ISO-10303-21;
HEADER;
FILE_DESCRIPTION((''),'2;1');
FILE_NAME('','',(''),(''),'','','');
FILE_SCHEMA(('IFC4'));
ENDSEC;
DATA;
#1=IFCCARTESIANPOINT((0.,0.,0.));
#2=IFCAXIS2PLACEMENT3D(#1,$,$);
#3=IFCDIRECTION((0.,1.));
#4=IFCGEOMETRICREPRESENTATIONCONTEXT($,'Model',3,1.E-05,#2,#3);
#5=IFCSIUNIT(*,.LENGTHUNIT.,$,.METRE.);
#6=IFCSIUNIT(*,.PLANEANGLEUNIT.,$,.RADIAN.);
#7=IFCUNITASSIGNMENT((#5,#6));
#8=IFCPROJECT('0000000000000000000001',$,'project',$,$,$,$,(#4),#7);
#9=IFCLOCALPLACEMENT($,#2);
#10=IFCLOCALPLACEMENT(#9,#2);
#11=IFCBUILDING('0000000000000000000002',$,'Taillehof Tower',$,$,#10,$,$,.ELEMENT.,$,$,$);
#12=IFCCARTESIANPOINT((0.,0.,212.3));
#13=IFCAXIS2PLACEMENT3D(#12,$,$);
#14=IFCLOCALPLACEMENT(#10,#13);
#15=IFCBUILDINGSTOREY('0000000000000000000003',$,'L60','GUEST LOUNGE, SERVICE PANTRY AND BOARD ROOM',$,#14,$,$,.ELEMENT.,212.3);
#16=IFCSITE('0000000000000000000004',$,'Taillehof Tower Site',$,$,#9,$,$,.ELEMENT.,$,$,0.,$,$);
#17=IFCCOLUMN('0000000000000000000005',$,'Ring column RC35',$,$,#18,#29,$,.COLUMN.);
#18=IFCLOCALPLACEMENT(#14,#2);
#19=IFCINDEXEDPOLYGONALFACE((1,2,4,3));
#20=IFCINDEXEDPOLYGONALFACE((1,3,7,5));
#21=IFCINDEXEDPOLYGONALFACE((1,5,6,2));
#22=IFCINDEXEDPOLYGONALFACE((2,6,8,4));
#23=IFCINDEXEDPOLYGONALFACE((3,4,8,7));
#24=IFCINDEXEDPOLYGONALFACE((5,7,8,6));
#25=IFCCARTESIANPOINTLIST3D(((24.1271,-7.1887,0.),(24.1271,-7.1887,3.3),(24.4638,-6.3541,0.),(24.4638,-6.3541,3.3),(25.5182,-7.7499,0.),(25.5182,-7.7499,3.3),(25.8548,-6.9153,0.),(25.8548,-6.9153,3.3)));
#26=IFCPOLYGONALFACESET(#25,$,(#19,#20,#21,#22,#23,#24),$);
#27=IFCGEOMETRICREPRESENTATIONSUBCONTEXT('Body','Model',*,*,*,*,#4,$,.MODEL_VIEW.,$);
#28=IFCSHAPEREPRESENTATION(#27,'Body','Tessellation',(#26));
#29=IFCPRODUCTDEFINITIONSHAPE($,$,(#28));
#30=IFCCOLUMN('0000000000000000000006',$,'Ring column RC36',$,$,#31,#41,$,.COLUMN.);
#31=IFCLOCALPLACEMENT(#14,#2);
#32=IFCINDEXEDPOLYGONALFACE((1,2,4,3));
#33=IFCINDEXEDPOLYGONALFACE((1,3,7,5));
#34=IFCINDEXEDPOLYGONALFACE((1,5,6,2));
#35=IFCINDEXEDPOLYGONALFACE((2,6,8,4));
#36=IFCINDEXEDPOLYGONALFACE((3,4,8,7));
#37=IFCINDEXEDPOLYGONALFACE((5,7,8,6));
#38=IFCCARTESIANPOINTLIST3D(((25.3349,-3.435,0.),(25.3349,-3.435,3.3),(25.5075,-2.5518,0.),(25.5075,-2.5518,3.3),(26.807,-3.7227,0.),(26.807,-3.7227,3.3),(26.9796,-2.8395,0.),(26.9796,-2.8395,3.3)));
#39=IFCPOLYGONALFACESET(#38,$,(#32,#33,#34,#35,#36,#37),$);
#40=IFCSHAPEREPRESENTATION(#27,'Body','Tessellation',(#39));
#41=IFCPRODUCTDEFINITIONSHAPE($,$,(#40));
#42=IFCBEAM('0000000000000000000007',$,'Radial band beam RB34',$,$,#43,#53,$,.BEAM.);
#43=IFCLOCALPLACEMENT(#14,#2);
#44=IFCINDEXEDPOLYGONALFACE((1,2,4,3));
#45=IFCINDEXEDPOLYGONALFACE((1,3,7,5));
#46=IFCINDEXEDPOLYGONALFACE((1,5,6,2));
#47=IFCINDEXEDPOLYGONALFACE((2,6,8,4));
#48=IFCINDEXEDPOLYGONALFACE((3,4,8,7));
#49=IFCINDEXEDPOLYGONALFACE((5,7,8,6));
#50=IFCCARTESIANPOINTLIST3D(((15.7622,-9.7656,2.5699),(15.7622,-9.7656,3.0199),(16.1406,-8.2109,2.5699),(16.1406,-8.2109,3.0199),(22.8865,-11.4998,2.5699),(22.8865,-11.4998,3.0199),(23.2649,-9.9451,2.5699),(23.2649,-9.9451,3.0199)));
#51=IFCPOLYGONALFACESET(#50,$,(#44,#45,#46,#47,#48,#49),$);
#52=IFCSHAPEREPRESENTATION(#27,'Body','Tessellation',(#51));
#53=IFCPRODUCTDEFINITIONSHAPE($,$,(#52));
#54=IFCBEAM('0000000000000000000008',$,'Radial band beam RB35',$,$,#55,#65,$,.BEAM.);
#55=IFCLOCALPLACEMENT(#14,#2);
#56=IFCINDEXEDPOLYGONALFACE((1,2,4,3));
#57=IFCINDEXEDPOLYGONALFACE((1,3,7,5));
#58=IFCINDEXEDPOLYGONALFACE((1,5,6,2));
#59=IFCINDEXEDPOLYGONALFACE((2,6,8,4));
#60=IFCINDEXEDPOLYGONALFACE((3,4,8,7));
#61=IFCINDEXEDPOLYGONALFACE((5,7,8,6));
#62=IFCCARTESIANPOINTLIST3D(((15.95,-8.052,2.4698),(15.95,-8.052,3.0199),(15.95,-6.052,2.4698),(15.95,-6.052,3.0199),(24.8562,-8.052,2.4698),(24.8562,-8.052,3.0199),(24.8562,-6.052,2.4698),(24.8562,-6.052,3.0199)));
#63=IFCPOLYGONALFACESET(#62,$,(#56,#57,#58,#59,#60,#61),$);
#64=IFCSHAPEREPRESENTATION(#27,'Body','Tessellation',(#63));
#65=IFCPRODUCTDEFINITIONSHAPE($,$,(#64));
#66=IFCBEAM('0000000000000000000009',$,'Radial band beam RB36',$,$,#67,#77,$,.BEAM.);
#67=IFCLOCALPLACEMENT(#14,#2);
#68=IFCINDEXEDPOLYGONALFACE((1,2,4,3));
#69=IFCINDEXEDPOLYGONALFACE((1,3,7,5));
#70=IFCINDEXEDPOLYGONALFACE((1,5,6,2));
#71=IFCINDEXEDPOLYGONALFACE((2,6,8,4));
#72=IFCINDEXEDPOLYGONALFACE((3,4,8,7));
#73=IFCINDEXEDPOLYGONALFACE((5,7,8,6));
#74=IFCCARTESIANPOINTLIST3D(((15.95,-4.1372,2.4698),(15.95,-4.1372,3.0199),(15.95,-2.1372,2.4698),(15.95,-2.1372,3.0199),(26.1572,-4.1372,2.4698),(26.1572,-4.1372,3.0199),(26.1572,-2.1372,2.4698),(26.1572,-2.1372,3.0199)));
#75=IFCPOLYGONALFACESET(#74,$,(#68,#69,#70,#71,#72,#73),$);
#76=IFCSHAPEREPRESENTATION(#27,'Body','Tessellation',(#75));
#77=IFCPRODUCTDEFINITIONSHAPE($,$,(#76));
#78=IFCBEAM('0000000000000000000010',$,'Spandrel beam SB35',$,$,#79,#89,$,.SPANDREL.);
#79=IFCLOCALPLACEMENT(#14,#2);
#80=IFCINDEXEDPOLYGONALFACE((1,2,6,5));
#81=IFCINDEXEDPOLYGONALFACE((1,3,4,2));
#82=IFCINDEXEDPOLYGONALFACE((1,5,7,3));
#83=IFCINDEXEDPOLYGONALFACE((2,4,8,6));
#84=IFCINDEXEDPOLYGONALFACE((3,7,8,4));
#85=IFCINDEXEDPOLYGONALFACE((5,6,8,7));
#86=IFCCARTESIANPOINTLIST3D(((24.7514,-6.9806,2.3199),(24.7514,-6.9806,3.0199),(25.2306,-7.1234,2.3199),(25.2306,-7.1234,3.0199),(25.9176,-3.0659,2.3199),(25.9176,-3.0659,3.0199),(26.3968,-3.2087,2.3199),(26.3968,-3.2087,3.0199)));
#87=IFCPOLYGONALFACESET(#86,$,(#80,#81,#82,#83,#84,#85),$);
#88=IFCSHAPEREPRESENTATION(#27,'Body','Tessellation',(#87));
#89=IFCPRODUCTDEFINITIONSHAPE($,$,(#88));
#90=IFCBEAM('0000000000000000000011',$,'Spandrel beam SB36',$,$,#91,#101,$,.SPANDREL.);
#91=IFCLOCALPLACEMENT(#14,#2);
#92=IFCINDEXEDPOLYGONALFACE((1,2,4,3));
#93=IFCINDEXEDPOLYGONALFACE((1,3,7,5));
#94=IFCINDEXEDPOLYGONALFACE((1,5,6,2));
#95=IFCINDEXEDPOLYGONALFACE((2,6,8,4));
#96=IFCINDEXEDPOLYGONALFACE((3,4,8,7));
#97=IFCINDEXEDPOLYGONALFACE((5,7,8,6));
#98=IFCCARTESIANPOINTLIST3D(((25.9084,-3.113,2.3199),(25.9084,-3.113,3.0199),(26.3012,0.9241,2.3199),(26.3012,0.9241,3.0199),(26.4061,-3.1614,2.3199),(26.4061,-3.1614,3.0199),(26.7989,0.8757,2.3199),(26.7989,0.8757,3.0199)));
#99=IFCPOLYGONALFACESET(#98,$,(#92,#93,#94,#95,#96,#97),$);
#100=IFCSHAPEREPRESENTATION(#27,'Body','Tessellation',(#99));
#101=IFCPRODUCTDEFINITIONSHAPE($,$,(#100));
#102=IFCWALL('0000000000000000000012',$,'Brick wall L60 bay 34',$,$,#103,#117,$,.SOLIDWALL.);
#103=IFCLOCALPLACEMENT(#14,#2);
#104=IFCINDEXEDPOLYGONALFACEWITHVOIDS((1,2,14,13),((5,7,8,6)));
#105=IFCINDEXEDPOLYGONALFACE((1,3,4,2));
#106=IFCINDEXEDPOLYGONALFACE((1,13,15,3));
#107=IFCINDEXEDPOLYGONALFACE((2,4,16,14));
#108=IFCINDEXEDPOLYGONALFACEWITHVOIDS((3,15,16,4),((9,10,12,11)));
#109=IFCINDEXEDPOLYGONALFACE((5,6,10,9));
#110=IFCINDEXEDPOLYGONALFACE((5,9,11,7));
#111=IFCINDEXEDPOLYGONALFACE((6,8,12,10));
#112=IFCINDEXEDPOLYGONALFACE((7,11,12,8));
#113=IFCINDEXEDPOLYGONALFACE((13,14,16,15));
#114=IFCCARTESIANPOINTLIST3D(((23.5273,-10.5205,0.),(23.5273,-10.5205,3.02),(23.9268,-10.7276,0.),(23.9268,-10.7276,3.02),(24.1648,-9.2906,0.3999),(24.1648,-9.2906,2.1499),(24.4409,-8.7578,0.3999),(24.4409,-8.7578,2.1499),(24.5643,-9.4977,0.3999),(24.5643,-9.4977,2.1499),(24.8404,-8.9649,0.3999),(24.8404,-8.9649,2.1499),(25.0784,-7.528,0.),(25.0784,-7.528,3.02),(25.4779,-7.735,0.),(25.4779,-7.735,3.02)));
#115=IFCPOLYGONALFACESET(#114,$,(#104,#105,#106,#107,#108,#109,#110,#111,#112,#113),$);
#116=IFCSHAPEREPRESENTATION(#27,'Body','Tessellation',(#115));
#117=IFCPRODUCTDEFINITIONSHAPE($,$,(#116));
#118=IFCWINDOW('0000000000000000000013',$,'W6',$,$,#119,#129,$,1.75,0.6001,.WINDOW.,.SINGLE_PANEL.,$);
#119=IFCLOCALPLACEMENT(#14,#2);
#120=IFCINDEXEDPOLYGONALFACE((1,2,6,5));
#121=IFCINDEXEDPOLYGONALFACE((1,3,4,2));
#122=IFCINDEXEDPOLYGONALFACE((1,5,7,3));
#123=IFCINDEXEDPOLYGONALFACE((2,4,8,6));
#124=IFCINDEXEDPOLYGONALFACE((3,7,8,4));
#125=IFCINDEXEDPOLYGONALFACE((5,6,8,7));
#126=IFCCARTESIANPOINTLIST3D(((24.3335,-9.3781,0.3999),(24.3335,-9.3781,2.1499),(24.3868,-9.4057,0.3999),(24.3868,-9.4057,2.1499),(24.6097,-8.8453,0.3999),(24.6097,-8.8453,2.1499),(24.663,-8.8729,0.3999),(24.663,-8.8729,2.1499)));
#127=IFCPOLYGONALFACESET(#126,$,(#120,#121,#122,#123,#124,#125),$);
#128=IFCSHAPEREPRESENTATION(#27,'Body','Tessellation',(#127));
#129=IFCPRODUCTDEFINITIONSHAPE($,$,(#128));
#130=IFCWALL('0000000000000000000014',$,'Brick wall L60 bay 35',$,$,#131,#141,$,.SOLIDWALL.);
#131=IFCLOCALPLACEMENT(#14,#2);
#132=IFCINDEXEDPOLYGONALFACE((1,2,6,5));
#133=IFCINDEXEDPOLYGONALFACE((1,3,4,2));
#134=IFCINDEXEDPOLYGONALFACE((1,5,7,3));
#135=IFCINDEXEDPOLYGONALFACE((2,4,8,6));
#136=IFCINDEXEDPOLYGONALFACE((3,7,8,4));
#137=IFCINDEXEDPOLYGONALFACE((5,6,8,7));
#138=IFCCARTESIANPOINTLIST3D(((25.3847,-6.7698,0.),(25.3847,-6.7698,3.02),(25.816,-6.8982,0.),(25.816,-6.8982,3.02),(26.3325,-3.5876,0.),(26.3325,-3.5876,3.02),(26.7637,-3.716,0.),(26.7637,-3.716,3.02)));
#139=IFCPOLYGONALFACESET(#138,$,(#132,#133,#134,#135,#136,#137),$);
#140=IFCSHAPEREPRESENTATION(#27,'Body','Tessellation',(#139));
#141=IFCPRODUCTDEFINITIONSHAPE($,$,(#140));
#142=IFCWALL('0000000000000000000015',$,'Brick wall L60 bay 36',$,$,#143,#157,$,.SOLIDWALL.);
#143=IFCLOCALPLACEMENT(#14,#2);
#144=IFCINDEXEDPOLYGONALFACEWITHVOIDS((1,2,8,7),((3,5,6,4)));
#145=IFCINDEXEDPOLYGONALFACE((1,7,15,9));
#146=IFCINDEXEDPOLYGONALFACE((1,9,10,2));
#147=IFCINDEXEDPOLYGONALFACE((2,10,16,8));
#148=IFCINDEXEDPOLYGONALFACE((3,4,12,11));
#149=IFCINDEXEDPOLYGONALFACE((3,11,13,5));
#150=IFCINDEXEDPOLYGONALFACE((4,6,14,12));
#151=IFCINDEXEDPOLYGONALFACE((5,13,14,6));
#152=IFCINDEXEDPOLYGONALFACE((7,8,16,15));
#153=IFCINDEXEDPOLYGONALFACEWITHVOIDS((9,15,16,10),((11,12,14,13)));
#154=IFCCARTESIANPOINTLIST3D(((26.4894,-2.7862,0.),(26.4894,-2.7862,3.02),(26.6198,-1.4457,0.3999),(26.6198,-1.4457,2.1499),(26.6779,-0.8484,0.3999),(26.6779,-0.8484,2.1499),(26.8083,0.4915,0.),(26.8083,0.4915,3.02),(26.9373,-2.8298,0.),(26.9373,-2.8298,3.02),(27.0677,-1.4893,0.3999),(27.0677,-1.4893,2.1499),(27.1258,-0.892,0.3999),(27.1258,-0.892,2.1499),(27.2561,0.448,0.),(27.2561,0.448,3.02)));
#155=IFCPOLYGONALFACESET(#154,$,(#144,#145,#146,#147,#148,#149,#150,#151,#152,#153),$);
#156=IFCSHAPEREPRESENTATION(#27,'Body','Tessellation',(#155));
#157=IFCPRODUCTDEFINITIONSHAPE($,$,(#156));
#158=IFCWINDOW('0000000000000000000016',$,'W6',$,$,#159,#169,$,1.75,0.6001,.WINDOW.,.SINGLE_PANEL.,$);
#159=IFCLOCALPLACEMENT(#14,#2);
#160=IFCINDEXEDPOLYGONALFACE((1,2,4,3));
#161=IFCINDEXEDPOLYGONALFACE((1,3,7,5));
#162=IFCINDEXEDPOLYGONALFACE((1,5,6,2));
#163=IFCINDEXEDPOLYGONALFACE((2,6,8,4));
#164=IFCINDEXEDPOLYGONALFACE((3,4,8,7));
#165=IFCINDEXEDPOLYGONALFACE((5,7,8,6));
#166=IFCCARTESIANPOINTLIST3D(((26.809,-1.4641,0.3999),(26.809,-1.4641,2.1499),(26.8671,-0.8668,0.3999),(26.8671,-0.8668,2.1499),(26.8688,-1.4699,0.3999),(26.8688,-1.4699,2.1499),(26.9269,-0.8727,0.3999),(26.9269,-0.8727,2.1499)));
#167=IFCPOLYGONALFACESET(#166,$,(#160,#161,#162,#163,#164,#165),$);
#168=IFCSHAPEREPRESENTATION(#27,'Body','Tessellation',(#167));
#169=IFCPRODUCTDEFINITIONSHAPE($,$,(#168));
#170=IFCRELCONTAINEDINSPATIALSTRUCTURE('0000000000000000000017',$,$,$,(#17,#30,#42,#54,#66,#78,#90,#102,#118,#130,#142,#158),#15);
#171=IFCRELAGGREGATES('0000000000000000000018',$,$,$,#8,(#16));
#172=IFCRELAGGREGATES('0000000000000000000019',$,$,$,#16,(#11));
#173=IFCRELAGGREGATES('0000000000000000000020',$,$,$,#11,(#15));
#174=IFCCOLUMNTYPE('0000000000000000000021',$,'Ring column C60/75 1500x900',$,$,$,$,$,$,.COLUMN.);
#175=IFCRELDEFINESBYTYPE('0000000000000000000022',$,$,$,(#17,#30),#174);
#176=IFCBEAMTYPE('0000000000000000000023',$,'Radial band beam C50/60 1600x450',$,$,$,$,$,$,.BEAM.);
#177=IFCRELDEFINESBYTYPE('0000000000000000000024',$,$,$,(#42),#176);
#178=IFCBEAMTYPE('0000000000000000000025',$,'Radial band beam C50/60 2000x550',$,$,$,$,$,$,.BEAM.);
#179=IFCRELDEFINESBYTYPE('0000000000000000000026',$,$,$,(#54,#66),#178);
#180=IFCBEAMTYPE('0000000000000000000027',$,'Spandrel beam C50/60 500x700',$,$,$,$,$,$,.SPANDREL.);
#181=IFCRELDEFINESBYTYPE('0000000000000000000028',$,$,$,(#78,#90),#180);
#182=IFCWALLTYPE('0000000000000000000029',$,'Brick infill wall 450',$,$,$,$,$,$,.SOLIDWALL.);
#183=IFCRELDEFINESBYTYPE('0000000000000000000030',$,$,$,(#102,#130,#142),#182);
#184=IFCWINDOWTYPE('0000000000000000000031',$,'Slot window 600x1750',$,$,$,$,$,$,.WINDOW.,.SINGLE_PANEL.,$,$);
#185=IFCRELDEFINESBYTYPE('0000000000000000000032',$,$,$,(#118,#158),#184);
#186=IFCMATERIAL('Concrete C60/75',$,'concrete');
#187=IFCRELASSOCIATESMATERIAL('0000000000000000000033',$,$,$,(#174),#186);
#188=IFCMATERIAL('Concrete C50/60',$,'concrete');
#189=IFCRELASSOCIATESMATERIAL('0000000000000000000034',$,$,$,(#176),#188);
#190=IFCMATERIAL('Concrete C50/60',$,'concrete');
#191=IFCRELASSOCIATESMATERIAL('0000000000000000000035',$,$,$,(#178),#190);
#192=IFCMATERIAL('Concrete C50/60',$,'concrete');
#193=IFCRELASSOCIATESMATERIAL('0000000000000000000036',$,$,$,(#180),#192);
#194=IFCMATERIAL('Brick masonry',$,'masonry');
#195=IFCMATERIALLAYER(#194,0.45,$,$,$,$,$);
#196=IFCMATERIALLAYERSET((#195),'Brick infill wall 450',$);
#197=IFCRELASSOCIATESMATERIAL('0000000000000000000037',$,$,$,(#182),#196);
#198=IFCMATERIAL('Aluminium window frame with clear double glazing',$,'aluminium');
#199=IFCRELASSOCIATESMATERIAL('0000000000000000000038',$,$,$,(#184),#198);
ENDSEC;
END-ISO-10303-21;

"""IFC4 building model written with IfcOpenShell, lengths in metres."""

from ifc_helpers import new_model, si_unit, direction, frame, frame_2d, origin, origin_2d, place, context, subcontext, project, spatial, rectangle, extrude, material, layer, layer_set, material_profile, profile_set, type_object, element, fill, save


model = new_model("IFC4")

# Units and contexts
model_context = context("Model", 3, precision=1e-05, world=origin(), true_north=direction((0.0, 1.0)))
body_context = subcontext(model_context, "Body", "Model", "MODEL_VIEW")
ifc_project = project(units=[si_unit("LENGTHUNIT", "METRE"), si_unit("PLANEANGLEUNIT", "RADIAN")], contexts=[model_context])

# Site, building, storey
site_placement = place(None, origin())
site = spatial("IfcSite", under=ifc_project, at=site_placement, Name="Taillehof Tower Site", CompositionType="ELEMENT", RefElevation=0.0)
building_placement = place(site_placement, origin())
building = spatial("IfcBuilding", under=site, at=building_placement, Name="Taillehof Tower", CompositionType="ELEMENT")
storey_placement = place(building_placement, frame((0.0, 0.0, 212.3)))
storey = spatial("IfcBuildingStorey", under=building, at=storey_placement, Name="L60", Description="GUEST LOUNGE, SERVICE PANTRY AND BOARD ROOM", CompositionType="ELEMENT", Elevation=212.3)

# Columns
ifc_material_1 = material(Name="Concrete C60/75", Category="concrete")
ifc_material_profile_1 = material_profile(ifc_material_1, rectangle(XDim=1.5, YDim=0.8999, at=origin_2d()), Name="RC 1500x900")
ifc_profile_set_1 = profile_set([ifc_material_profile_1], Name="Concrete C60/75")
column_type = type_object("IfcColumnType", Name="Ring column C60/75 1500x900", PredefinedType="COLUMN", material=ifc_profile_set_1)
for number, where, z_axis, x_axis, name in (
    (1, (24.991, -7.052, 0.0), (0.0, 0.0, 1.0), (0.927385, -0.374108, 0.0), "Ring column RC35"),
    (2, (26.1572, -3.1372, 0.0), (0.0, 0.0, 1.0), (0.981434, -0.191801, 0.0), "Ring column RC36"),
):
    element("IfcColumn", number, at=place(storey_placement, frame(where, z_axis=z_axis, x_axis=x_axis)), inside=storey, type_object=column_type, Name=name, PredefinedType="COLUMN", context=body_context, shape_type="SweptSolid", body=[
        extrude(rectangle(XDim=1.5, YDim=0.8999, at=origin_2d()), origin(), (0.0, 0.0, 1.0), 3.3),
    ])

# Beams
ifc_material_2 = material(Name="Concrete C50/60", Category="concrete")
ifc_material_profile_2 = material_profile(ifc_material_2, rectangle(XDim=1.6001, YDim=0.45, at=origin_2d()), Name="RC 1600x450")
ifc_profile_set_2 = profile_set([ifc_material_profile_2], Name="Concrete C50/60")
beam_type_1 = type_object("IfcBeamType", Name="Radial band beam C50/60 1600x450", PredefinedType="BEAM", material=ifc_profile_set_2)
beam_1_placement = place(storey_placement, frame((23.0757, -10.7224, 2.7949), z_axis=(-0.97163, 0.236506, 0.0), x_axis=(-0.236506, -0.97163, 0.0)))
element("IfcBeam", 3, at=beam_1_placement, inside=storey, type_object=beam_type_1, Name="Radial band beam RB34", PredefinedType="BEAM", context=body_context, shape_type="SweptSolid", body=[
    extrude(rectangle(XDim=1.6001, YDim=0.45, at=origin_2d()), origin(), (0.0, 0.0, 1.0), 7.3323),
])
ifc_material_3 = material(Name="Concrete C50/60", Category="concrete")
ifc_material_profile_3 = material_profile(ifc_material_3, rectangle(XDim=2.0, YDim=0.55, at=origin_2d()), Name="RC 2000x550")
ifc_profile_set_3 = profile_set([ifc_material_profile_3], Name="Concrete C50/60")
beam_type_2 = type_object("IfcBeamType", Name="Radial band beam C50/60 2000x550", PredefinedType="BEAM", material=ifc_profile_set_3)
beam_2_placement = place(storey_placement, frame((24.8562, -7.052, 2.7449), z_axis=(-1.0, 0.0, 0.0), x_axis=(0.0, -1.0, 0.0)))
element("IfcBeam", 4, at=beam_2_placement, inside=storey, type_object=beam_type_2, Name="Radial band beam RB35", PredefinedType="BEAM", context=body_context, shape_type="SweptSolid", body=[
    extrude(rectangle(XDim=2.0, YDim=0.55, at=origin_2d()), origin(), (0.0, 0.0, 1.0), 8.9062),
])
beam_3_placement = place(storey_placement, frame((26.1572, -3.1372, 2.7449), z_axis=(-1.0, 0.0, 0.0), x_axis=(0.0, -1.0, 0.0)))
element("IfcBeam", 5, at=beam_3_placement, inside=storey, type_object=beam_type_2, Name="Radial band beam RB36", PredefinedType="BEAM", context=body_context, shape_type="SweptSolid", body=[
    extrude(rectangle(XDim=2.0, YDim=0.55, at=origin_2d()), origin(), (0.0, 0.0, 1.0), 10.2073),
])
ifc_material_4 = material(Name="Concrete C50/60", Category="concrete")
ifc_material_profile_4 = material_profile(ifc_material_4, rectangle(XDim=0.5, YDim=0.7, at=origin_2d()), Name="RC 500x700")
ifc_profile_set_4 = profile_set([ifc_material_profile_4], Name="Concrete C50/60")
beam_type_3 = type_object("IfcBeamType", Name="Spandrel beam C50/60 500x700", PredefinedType="SPANDREL", material=ifc_profile_set_4)
beam_4_placement = place(storey_placement, frame((24.991, -7.052, 2.6699), z_axis=(0.28551, 0.958376, 0.0), x_axis=(-0.958376, 0.28551, 0.0)))
element("IfcBeam", 6, at=beam_4_placement, inside=storey, type_object=beam_type_3, Name="Spandrel beam SB35", PredefinedType="SPANDREL", context=body_context, shape_type="SweptSolid", body=[
    extrude(rectangle(XDim=0.5, YDim=0.7, at=origin_2d()), origin(), (0.0, 0.0, 1.0), 4.0847),
])
beam_5_placement = place(storey_placement, frame((26.1572, -3.1372, 2.6699), z_axis=(0.096845, 0.995299, 0.0), x_axis=(-0.995299, 0.096845, 0.0)))
element("IfcBeam", 7, at=beam_5_placement, inside=storey, type_object=beam_type_3, Name="Spandrel beam SB36", PredefinedType="SPANDREL", context=body_context, shape_type="SweptSolid", body=[
    extrude(rectangle(XDim=0.5, YDim=0.7, at=origin_2d()), origin(), (0.0, 0.0, 1.0), 4.0562),
])

# Wall, opening, window
ifc_material_5 = material(Name="Brick masonry", Category="masonry")
ifc_layer_1 = layer(ifc_material_5, 0.45)
ifc_layer_set_1 = layer_set([ifc_layer_1], Name="Brick infill wall 450")
wall_type_1 = type_object("IfcWallType", Name="Brick infill wall 450", PredefinedType="SOLIDWALL", material=ifc_layer_set_1)
wall_1_placement = place(storey_placement, frame((23.7271, -10.624, 0.0), z_axis=(0.0, 0.0, 1.0), x_axis=(0.460176, 0.887828, 0.0)))
wall_1 = element("IfcWall", 8, at=wall_1_placement, inside=storey, type_object=wall_type_1, Name="Brick wall L60 bay 34", PredefinedType="SOLIDWALL", context=body_context, shape_type="SweptSolid", body=[
    extrude(rectangle(XDim=3.3706, YDim=0.45, at=frame_2d((1.6853, 0.0))), origin(), (0.0, 0.0, 1.0), 3.02),
])
opening_1_placement = place(wall_1_placement, frame((1.3853, 0.0, 0.3999)))
opening_1 = element("IfcOpeningElement", 9, at=opening_1_placement, cuts=wall_1, PredefinedType="OPENING", context=body_context, shape_type="SweptSolid", body=[
    extrude(rectangle(XDim=0.6001, YDim=1.75, at=frame_2d((0.3, 0.875))), frame((0.0, 0.2349, 0.0), z_axis=(0.0, -1.0, 0.0), x_axis=(1.0, 0.0, 0.0)), (0.0, 0.0, 1.0), 0.47),
])
ifc_material_6 = material(Name="Aluminium window frame with clear double glazing", Category="aluminium")
window_type = type_object("IfcWindowType", Name="Slot window 600x1750", PartitioningType="SINGLE_PANEL", PredefinedType="WINDOW", material=ifc_material_6)
window_1_placement = place(opening_1_placement, origin())
window_1 = element("IfcWindow", 10, at=window_1_placement, inside=storey, type_object=window_type, Name="W6", OverallHeight=1.75, OverallWidth=0.6001, PartitioningType="SINGLE_PANEL", PredefinedType="WINDOW", context=body_context, shape_type="SweptSolid", body=[
    extrude(rectangle(XDim=0.6001, YDim=1.75, at=frame_2d((0.3, 0.875))), frame((0.0, 0.0349, 0.0), z_axis=(0.0, -1.0, 0.0), x_axis=(1.0, 0.0, 0.0)), (0.0, 0.0, 1.0), 0.0601),
])
fill(opening_1, window_1)

# Wall
wall_2_placement = place(storey_placement, frame((25.6003, -6.834, 0.0), z_axis=(0.0, 0.0, 1.0), x_axis=(0.285445, 0.958395, 0.0)))
element("IfcWall", 11, at=wall_2_placement, inside=storey, type_object=wall_type_1, Name="Brick wall L60 bay 35", PredefinedType="SOLIDWALL", context=body_context, shape_type="SweptSolid", body=[
    extrude(rectangle(XDim=3.3203, YDim=0.45, at=frame_2d((1.6602, 0.0))), origin(), (0.0, 0.0, 1.0), 3.02),
])

# Wall, opening, window
wall_3_placement = place(storey_placement, frame((26.7134, -2.8079, 0.0), z_axis=(0.0, 0.0, 1.0), x_axis=(0.096817, 0.995302, 0.0)))
wall_3 = element("IfcWall", 12, at=wall_3_placement, inside=storey, type_object=wall_type_1, Name="Brick wall L60 bay 36", PredefinedType="SOLIDWALL", context=body_context, shape_type="SweptSolid", body=[
    extrude(rectangle(XDim=3.2932, YDim=0.45, at=frame_2d((1.6465, 0.0))), origin(), (0.0, 0.0, 1.0), 3.02),
])
opening_2_placement = place(wall_3_placement, frame((1.3467, 0.0, 0.3999)))
opening_2 = element("IfcOpeningElement", 13, at=opening_2_placement, cuts=wall_3, PredefinedType="OPENING", context=body_context, shape_type="SweptSolid", body=[
    extrude(rectangle(XDim=0.6001, YDim=1.75, at=frame_2d((0.3, 0.875))), frame((0.0, 0.2349, 0.0), z_axis=(0.0, -1.0, 0.0), x_axis=(1.0, 0.0, 0.0)), (0.0, 0.0, 1.0), 0.47),
])
window_2_placement = place(opening_2_placement, origin())
window_2 = element("IfcWindow", 14, at=window_2_placement, inside=storey, type_object=window_type, Name="W6", OverallHeight=1.75, OverallWidth=0.6001, PartitioningType="SINGLE_PANEL", PredefinedType="WINDOW", context=body_context, shape_type="SweptSolid", body=[
    extrude(rectangle(XDim=0.6001, YDim=1.75, at=frame_2d((0.3, 0.875))), frame((0.0, 0.0349, 0.0), z_axis=(0.0, -1.0, 0.0), x_axis=(1.0, 0.0, 0.0)), (0.0, 0.0, 1.0), 0.0601),
])
fill(opening_2, window_2)

save(model, "model.ifc")
